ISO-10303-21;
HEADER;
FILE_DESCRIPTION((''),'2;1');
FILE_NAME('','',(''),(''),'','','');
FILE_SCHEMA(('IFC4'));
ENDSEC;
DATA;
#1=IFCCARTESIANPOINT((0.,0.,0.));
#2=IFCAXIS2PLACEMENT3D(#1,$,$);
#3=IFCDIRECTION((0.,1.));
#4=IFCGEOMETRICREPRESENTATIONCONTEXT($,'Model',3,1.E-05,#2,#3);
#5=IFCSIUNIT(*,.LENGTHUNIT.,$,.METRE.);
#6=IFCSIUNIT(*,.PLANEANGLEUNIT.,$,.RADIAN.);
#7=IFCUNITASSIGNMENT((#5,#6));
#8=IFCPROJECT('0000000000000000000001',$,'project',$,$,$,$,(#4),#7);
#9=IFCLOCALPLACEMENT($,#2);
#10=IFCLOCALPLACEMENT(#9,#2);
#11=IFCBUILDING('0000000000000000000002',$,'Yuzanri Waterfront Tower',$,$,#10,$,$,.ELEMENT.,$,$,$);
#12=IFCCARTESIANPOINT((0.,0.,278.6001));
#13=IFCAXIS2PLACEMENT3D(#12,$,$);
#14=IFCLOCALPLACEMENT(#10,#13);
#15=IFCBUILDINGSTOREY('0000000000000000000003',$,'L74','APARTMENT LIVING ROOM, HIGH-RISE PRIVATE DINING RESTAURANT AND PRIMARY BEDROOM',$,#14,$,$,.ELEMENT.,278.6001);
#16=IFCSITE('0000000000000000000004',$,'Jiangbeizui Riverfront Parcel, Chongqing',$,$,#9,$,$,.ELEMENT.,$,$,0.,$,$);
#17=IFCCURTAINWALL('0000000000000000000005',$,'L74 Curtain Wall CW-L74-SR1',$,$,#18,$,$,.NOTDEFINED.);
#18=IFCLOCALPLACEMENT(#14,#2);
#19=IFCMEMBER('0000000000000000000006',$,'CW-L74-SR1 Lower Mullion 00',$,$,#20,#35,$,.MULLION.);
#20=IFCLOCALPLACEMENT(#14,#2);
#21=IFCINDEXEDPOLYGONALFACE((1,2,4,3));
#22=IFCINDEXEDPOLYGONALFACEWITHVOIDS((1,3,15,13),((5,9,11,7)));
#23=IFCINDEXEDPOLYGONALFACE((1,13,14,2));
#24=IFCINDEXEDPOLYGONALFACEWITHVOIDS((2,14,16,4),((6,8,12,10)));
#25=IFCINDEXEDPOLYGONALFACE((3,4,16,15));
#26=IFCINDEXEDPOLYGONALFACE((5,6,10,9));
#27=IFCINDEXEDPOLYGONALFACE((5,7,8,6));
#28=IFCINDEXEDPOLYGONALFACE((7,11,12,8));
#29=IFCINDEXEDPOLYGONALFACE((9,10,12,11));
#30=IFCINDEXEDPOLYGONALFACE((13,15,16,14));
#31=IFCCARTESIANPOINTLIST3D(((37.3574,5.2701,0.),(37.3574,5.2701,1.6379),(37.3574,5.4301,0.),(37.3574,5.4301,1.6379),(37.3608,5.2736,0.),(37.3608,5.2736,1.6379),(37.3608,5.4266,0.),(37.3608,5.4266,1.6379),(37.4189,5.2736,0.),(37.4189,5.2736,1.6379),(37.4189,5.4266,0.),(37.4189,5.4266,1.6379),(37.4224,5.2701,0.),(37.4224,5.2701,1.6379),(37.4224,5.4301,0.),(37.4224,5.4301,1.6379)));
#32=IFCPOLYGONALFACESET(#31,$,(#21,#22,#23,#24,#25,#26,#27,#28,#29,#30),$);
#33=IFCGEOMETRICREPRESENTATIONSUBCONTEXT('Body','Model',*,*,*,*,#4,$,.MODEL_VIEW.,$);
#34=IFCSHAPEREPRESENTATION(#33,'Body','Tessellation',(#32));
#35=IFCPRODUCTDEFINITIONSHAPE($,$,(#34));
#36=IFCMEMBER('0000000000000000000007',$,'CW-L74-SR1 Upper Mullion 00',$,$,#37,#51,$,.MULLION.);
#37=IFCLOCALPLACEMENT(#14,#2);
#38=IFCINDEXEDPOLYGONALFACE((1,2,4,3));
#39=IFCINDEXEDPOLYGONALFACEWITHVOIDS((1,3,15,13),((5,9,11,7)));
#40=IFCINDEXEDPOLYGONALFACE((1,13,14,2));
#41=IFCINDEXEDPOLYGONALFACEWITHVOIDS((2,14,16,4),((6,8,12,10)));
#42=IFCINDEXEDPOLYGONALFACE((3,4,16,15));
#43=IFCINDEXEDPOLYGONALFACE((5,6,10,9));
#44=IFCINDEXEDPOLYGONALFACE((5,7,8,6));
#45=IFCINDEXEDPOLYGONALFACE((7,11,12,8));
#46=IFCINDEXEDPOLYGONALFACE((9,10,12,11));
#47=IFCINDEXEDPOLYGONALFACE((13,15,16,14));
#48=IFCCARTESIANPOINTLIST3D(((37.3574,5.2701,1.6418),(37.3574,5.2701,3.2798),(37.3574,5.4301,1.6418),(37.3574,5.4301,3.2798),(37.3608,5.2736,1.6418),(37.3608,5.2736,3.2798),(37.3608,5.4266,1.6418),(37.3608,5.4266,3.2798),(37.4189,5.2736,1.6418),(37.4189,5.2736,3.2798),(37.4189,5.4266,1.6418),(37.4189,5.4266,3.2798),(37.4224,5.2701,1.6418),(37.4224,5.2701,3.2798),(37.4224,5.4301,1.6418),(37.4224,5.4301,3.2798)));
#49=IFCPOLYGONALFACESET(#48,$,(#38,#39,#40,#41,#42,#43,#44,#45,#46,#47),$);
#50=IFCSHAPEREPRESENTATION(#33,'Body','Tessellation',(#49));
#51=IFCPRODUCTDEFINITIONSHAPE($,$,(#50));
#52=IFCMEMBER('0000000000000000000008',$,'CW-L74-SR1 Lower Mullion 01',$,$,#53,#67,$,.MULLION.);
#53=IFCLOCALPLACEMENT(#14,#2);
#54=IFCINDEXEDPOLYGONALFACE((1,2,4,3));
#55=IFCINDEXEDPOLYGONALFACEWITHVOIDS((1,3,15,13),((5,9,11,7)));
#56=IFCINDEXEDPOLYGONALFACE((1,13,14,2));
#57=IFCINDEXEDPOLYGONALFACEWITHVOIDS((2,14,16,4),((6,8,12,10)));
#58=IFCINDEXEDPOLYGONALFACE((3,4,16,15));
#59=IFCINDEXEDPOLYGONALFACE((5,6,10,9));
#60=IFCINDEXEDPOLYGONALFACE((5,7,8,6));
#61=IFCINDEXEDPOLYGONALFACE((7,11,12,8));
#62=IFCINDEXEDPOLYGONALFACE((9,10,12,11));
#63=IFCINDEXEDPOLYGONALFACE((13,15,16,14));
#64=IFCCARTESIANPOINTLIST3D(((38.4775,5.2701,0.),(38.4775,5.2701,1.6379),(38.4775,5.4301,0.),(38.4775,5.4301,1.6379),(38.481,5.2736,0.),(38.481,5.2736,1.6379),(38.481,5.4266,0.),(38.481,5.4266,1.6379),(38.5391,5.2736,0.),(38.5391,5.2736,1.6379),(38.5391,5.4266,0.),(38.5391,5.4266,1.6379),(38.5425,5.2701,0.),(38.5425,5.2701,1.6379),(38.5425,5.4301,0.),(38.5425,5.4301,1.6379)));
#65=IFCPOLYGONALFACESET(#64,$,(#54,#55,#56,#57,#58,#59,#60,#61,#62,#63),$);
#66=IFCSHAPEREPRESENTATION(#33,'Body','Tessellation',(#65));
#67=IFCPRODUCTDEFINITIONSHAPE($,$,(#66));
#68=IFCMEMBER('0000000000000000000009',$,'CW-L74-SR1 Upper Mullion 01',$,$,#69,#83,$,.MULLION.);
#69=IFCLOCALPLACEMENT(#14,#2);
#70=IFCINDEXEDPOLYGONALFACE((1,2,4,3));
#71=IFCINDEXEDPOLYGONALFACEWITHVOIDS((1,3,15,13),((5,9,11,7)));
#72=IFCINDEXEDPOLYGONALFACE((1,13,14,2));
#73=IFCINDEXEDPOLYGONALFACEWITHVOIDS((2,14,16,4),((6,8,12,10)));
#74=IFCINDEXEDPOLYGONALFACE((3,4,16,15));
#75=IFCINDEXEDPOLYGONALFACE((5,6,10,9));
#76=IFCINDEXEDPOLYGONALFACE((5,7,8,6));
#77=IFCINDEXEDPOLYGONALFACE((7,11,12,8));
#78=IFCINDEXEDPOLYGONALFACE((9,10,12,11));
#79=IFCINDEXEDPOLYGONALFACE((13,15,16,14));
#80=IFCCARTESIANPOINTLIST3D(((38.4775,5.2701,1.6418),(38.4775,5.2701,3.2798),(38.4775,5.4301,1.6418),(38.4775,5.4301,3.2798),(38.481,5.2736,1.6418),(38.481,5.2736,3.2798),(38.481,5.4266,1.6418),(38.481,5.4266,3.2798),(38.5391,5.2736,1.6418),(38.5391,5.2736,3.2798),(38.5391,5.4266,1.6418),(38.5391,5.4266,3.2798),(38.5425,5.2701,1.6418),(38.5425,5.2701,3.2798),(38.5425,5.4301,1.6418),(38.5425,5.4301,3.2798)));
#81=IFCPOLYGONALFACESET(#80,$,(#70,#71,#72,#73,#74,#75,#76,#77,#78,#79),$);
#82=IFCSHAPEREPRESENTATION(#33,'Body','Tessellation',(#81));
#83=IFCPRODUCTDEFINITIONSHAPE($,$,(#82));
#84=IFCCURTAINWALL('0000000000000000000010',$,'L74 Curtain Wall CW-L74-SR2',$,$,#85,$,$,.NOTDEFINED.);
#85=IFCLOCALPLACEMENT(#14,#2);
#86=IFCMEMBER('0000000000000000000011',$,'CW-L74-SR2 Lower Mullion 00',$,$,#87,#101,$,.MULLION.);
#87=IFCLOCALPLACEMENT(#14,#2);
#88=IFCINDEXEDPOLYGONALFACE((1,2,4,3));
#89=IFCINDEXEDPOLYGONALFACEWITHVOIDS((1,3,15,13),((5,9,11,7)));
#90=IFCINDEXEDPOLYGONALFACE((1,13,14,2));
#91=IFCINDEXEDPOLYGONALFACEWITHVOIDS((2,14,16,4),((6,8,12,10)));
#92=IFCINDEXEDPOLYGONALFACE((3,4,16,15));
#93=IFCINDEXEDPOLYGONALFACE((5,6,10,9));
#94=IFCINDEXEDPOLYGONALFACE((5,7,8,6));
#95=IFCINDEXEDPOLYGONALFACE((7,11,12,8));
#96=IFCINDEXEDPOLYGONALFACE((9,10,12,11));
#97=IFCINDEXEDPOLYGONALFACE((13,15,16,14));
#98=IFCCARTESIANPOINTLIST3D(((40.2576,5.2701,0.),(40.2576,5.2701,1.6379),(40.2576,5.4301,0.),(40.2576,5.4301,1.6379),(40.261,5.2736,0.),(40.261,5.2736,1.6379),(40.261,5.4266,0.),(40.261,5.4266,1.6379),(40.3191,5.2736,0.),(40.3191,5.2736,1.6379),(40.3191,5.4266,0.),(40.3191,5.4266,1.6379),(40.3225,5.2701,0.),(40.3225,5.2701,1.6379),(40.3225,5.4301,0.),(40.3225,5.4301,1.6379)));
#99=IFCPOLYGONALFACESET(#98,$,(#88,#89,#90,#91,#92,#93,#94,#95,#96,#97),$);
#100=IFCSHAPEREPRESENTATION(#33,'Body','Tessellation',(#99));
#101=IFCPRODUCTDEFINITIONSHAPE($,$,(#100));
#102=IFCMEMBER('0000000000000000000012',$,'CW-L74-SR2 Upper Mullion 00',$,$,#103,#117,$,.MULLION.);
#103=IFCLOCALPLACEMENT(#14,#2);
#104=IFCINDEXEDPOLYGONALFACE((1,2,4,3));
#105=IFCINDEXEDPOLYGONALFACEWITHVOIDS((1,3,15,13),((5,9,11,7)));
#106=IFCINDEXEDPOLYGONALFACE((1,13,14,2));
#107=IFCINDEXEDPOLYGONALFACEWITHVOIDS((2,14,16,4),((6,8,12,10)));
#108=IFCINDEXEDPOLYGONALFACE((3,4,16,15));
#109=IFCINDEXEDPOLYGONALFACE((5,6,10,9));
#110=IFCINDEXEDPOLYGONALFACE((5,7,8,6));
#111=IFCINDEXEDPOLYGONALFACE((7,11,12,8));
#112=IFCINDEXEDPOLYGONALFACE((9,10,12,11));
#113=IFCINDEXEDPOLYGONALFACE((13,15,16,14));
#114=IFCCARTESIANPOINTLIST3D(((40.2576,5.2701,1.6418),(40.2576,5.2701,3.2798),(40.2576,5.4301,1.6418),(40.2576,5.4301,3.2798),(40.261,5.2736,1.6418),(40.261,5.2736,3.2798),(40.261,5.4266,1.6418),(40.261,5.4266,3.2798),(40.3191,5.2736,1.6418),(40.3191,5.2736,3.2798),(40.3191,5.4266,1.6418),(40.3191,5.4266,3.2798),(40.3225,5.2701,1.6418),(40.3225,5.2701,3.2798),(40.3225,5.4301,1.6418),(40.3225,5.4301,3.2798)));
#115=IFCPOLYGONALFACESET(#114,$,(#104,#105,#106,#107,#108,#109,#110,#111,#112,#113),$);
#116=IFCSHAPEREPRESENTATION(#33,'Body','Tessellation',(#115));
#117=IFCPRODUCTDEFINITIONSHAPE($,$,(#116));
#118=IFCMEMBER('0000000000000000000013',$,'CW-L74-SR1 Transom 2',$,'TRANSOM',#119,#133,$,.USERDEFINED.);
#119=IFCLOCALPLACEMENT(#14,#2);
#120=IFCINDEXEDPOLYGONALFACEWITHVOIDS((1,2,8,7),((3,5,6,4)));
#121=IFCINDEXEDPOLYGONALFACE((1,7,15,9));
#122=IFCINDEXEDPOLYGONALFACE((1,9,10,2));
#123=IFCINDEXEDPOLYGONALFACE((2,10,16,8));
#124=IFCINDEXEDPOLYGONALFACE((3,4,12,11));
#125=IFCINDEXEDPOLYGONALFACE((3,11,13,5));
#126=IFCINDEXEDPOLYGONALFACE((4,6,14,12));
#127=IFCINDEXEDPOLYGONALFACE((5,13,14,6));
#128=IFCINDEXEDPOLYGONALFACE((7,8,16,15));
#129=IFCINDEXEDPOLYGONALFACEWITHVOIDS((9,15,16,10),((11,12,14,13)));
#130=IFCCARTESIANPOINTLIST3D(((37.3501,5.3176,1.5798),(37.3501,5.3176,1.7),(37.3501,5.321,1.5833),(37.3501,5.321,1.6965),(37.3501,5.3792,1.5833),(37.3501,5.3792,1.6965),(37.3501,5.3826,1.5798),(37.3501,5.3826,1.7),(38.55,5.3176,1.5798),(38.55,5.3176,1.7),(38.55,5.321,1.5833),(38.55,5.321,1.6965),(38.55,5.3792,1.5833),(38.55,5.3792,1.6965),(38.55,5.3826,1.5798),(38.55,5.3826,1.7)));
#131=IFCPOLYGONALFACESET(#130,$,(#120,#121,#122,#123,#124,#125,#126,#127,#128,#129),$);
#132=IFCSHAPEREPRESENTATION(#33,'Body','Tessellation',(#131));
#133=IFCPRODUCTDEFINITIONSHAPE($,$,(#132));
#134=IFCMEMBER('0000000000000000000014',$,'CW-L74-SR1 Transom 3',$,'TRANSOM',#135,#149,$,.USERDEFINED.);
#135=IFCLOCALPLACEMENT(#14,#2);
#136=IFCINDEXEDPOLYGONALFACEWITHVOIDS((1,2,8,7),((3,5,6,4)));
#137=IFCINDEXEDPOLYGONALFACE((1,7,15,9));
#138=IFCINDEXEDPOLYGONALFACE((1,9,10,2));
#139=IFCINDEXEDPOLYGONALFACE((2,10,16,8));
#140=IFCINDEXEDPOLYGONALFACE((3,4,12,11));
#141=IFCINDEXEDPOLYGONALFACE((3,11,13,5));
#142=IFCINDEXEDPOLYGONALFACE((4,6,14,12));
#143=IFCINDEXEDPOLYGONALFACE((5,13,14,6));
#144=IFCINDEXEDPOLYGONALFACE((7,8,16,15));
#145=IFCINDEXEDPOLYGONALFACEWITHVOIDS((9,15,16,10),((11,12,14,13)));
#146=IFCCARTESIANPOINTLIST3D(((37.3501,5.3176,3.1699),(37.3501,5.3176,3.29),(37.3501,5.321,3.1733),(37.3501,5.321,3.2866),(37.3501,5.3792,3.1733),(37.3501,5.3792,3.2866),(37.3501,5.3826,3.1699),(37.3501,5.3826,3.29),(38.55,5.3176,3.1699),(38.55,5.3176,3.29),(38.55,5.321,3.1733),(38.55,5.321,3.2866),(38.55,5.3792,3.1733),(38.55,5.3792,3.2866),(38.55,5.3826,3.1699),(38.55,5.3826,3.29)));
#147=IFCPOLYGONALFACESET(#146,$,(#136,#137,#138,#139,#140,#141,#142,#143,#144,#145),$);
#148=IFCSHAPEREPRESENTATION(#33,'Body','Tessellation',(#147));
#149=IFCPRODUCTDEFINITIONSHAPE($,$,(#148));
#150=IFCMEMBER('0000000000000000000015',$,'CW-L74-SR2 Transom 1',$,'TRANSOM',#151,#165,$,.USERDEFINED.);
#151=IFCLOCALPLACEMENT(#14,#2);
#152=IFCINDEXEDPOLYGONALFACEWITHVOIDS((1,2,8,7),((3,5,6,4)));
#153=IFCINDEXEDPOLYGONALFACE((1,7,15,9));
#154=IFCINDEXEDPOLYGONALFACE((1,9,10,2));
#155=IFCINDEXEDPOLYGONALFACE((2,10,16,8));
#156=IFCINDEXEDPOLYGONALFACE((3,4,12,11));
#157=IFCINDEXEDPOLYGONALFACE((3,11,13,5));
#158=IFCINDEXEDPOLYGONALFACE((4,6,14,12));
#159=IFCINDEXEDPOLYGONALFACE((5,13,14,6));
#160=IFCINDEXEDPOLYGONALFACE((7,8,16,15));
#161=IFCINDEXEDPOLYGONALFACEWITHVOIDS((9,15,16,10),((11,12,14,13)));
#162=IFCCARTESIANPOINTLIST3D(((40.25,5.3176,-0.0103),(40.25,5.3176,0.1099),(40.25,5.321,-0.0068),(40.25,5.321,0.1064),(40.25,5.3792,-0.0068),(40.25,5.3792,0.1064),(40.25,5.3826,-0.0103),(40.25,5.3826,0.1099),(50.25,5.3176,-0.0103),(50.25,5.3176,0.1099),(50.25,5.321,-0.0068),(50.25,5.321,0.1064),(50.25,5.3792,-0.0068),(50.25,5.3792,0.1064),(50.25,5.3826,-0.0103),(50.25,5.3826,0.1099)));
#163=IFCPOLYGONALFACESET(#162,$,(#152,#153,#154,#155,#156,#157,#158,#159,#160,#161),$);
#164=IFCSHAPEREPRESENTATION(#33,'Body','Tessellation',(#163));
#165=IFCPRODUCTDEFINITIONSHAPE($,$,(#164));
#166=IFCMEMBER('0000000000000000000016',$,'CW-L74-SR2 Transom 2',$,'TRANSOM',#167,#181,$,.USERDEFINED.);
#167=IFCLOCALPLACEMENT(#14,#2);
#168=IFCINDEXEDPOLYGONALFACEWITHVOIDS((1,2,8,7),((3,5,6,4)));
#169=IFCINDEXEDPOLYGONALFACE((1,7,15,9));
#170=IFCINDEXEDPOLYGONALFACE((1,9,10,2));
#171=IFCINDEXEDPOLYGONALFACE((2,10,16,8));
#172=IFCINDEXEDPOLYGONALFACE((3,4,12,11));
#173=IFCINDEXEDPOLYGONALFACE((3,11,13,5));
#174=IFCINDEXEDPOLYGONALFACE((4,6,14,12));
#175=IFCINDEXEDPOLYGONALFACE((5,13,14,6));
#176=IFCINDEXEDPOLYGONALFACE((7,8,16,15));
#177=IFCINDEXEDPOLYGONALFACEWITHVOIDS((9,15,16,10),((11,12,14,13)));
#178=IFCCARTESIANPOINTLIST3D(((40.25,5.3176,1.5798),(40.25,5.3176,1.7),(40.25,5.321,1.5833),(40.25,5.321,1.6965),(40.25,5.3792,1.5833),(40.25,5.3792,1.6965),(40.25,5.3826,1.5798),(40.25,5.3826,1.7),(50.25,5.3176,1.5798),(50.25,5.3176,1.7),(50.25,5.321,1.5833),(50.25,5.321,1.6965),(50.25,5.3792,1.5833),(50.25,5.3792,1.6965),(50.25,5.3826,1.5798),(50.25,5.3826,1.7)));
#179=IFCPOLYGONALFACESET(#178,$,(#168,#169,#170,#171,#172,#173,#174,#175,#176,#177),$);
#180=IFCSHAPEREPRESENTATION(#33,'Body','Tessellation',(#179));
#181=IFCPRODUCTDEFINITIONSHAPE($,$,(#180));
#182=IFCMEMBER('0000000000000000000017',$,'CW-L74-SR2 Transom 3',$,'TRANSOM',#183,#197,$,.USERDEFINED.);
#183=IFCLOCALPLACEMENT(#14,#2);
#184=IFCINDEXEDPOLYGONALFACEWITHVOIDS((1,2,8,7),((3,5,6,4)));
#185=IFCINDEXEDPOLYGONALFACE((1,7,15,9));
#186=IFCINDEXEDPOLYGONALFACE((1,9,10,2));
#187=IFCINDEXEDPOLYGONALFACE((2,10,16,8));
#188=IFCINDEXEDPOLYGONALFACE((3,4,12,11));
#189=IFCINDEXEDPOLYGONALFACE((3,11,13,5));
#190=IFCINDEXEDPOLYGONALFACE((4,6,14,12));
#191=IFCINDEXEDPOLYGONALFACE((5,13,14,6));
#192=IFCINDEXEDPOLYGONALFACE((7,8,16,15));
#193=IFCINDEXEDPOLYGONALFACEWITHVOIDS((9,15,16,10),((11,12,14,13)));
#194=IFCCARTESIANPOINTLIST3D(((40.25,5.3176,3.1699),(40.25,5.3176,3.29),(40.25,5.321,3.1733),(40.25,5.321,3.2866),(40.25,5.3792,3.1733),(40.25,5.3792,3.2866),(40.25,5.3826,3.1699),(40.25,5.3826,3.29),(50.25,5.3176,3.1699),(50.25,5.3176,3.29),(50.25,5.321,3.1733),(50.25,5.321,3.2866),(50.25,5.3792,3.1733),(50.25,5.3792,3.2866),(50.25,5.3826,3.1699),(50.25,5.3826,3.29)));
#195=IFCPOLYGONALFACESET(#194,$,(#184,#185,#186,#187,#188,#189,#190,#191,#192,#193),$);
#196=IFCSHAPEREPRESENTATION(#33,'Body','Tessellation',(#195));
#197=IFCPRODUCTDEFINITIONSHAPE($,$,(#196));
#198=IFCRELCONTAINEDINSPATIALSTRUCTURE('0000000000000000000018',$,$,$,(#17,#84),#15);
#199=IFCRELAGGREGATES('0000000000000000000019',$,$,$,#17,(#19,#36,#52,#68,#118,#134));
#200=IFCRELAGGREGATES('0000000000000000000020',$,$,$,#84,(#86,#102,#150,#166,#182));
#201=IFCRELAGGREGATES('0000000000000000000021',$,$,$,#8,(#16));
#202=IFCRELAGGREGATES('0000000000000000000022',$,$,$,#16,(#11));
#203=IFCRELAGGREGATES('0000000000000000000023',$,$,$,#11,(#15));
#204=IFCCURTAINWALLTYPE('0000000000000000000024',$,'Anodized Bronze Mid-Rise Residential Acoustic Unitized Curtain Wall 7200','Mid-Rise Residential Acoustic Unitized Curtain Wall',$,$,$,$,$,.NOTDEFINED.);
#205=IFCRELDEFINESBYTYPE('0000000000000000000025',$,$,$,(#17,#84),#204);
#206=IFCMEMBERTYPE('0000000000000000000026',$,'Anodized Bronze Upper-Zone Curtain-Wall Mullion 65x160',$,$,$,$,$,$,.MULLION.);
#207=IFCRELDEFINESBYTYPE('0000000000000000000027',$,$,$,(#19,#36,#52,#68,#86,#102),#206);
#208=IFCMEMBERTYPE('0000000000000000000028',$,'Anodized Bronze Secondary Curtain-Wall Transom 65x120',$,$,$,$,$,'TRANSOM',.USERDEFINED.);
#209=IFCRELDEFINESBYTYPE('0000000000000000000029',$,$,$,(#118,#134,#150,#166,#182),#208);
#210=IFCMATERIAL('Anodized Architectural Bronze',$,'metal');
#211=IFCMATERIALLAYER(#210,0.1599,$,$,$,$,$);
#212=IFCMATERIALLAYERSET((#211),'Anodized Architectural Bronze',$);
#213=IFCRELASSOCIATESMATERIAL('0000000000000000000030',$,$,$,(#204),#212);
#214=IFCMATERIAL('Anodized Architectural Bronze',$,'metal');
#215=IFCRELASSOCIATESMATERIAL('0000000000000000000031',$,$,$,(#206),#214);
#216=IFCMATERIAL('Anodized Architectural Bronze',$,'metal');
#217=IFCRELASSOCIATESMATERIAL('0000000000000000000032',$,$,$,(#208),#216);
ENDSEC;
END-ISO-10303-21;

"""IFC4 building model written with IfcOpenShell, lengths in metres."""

from ifc_helpers import new_model, si_unit, direction, frame, origin, origin_2d, place, context, subcontext, project, spatial, hollow_rectangle, extrude, source, transform, mapped, material, layer, layer_set, material_profile, profile_set, type_object, element, aggregate, save


model = new_model("IFC4")

# Units and contexts
model_context = context("Model", 3, precision=1e-05, world=origin(), true_north=direction((0.0, 1.0)))
body_context = subcontext(model_context, "Body", "Model", "MODEL_VIEW")
ifc_project = project(units=[si_unit("LENGTHUNIT", "METRE"), si_unit("PLANEANGLEUNIT", "RADIAN")], contexts=[model_context])

# Site, building, storey
site_placement = place(None, origin())
site = spatial("IfcSite", under=ifc_project, at=site_placement, Name="Jiangbeizui Riverfront Parcel, Chongqing", CompositionType="ELEMENT", RefElevation=0.0)
building_placement = place(site_placement, origin())
building = spatial("IfcBuilding", under=site, at=building_placement, Name="Yuzanri Waterfront Tower", CompositionType="ELEMENT")
storey_placement = place(building_placement, frame((0.0, 0.0, 278.6001)))
storey = spatial("IfcBuildingStorey", under=building, at=storey_placement, Name="L74", Description="APARTMENT LIVING ROOM, HIGH-RISE PRIVATE DINING RESTAURANT AND PRIMARY BEDROOM", CompositionType="ELEMENT", Elevation=278.6001)

# Curtain walls, members
ifc_material_1 = material(Name="Anodized Architectural Bronze", Category="metal")
ifc_layer_1 = layer(ifc_material_1, 0.1599)
ifc_layer_set_1 = layer_set([ifc_layer_1], Name="Anodized Architectural Bronze")
curtain_wall_type = type_object("IfcCurtainWallType", Name="Anodized Bronze Mid-Rise Residential Acoustic Unitized Curtain Wall 7200", Description="Mid-Rise Residential Acoustic Unitized Curtain Wall", PredefinedType="NOTDEFINED", material=ifc_layer_set_1)
curtain_wall_1_placement = place(storey_placement, origin())
curtain_wall_1 = element("IfcCurtainWall", 1, at=curtain_wall_1_placement, inside=storey, type_object=curtain_wall_type, Name="L74 Curtain Wall CW-L74-SR1", PredefinedType="NOTDEFINED")
ifc_material_2 = material(Name="Anodized Architectural Bronze", Category="metal")
ifc_material_profile_1 = material_profile(ifc_material_2, hollow_rectangle(XDim=0.0649, YDim=0.1599, WallThickness=0.0034, at=origin_2d()), Name="CWM 65x160")
ifc_profile_set_1 = profile_set([ifc_material_profile_1], Name="Anodized Architectural Bronze")
member_type_1 = type_object("IfcMemberType", Name="Anodized Bronze Upper-Zone Curtain-Wall Mullion 65x160", PredefinedType="MULLION", material=ifc_profile_set_1)
shared_shape_1 = source(origin(), body_context, "Body", "SweptSolid", [
    extrude(hollow_rectangle(XDim=0.0649, YDim=0.1599, WallThickness=0.0034, at=origin_2d()), origin(), (0.0, 0.0, 1.0), 1.6379),
])
member_1_placement = place(storey_placement, frame((37.3899, 5.3501, 0.0), z_axis=(0.0, 0.0, 1.0), x_axis=(1.0, 0.0, 0.0)))
member_1 = element("IfcMember", 2, at=member_1_placement, type_object=member_type_1, Name="CW-L74-SR1 Lower Mullion 00", PredefinedType="MULLION", context=body_context, shape_type="MappedRepresentation", body=[
    mapped(shared_shape_1, transform((0.0, 0.0, 0.0), scale=1.0)),
])
member_2_placement = place(storey_placement, frame((37.3899, 5.3501, 1.6418), z_axis=(0.0, 0.0, 1.0), x_axis=(1.0, 0.0, 0.0)))
member_2 = element("IfcMember", 3, at=member_2_placement, type_object=member_type_1, Name="CW-L74-SR1 Upper Mullion 00", PredefinedType="MULLION", context=body_context, shape_type="MappedRepresentation", body=[
    mapped(shared_shape_1, transform((0.0, 0.0, 0.0), scale=1.0)),
])
member_3_placement = place(storey_placement, frame((38.51, 5.3501, 0.0), z_axis=(0.0, 0.0, 1.0), x_axis=(1.0, 0.0, 0.0)))
member_3 = element("IfcMember", 4, at=member_3_placement, type_object=member_type_1, Name="CW-L74-SR1 Lower Mullion 01", PredefinedType="MULLION", context=body_context, shape_type="MappedRepresentation", body=[
    mapped(shared_shape_1, transform((0.0, 0.0, 0.0), scale=1.0)),
])
member_4_placement = place(storey_placement, frame((38.51, 5.3501, 1.6418), z_axis=(0.0, 0.0, 1.0), x_axis=(1.0, 0.0, 0.0)))
member_4 = element("IfcMember", 5, at=member_4_placement, type_object=member_type_1, Name="CW-L74-SR1 Upper Mullion 01", PredefinedType="MULLION", context=body_context, shape_type="MappedRepresentation", body=[
    mapped(shared_shape_1, transform((0.0, 0.0, 0.0), scale=1.0)),
])
curtain_wall_2_placement = place(storey_placement, origin())
curtain_wall_2 = element("IfcCurtainWall", 6, at=curtain_wall_2_placement, inside=storey, type_object=curtain_wall_type, Name="L74 Curtain Wall CW-L74-SR2", PredefinedType="NOTDEFINED")
member_5_placement = place(storey_placement, frame((40.29, 5.3501, 0.0), z_axis=(0.0, 0.0, 1.0), x_axis=(1.0, 0.0, 0.0)))
member_5 = element("IfcMember", 7, at=member_5_placement, type_object=member_type_1, Name="CW-L74-SR2 Lower Mullion 00", PredefinedType="MULLION", context=body_context, shape_type="MappedRepresentation", body=[
    mapped(shared_shape_1, transform((0.0, 0.0, 0.0), scale=1.0)),
])
member_6_placement = place(storey_placement, frame((40.29, 5.3501, 1.6418), z_axis=(0.0, 0.0, 1.0), x_axis=(1.0, 0.0, 0.0)))
member_6 = element("IfcMember", 8, at=member_6_placement, type_object=member_type_1, Name="CW-L74-SR2 Upper Mullion 00", PredefinedType="MULLION", context=body_context, shape_type="MappedRepresentation", body=[
    mapped(shared_shape_1, transform((0.0, 0.0, 0.0), scale=1.0)),
])

# Members
ifc_material_3 = material(Name="Anodized Architectural Bronze", Category="metal")
ifc_material_profile_2 = material_profile(ifc_material_3, hollow_rectangle(XDim=0.0649, YDim=0.1201, WallThickness=0.0034, at=origin_2d()), Name="CWT 65x120")
ifc_profile_set_2 = profile_set([ifc_material_profile_2], Name="Anodized Architectural Bronze")
member_type_2 = type_object("IfcMemberType", Name="Anodized Bronze Secondary Curtain-Wall Transom 65x120", ElementType="TRANSOM", PredefinedType="USERDEFINED", material=ifc_profile_set_2)
shared_shape_2 = source(origin(), body_context, "Body", "SweptSolid", [
    extrude(hollow_rectangle(XDim=0.0649, YDim=0.1201, WallThickness=0.0034, at=origin_2d()), origin(), (0.0, 0.0, 1.0), 1.2),
])
member_7_placement = place(storey_placement, frame((37.3501, 5.3501, 1.6399), z_axis=(1.0, 0.0, 0.0), x_axis=(0.0, 1.0, 0.0)))
member_7 = element("IfcMember", 9, at=member_7_placement, type_object=member_type_2, Name="CW-L74-SR1 Transom 2", ObjectType="TRANSOM", PredefinedType="USERDEFINED", context=body_context, shape_type="MappedRepresentation", body=[
    mapped(shared_shape_2, transform((0.0, 0.0, 0.0), scale=1.0)),
])
member_8_placement = place(storey_placement, frame((37.3501, 5.3501, 3.23), z_axis=(1.0, 0.0, 0.0), x_axis=(0.0, 1.0, 0.0)))
member_8 = element("IfcMember", 10, at=member_8_placement, type_object=member_type_2, Name="CW-L74-SR1 Transom 3", ObjectType="TRANSOM", PredefinedType="USERDEFINED", context=body_context, shape_type="MappedRepresentation", body=[
    mapped(shared_shape_2, transform((0.0, 0.0, 0.0), scale=1.0)),
])
shared_shape_3 = source(origin(), body_context, "Body", "SweptSolid", [
    extrude(hollow_rectangle(XDim=0.0649, YDim=0.1201, WallThickness=0.0034, at=origin_2d()), origin(), (0.0, 0.0, 1.0), 10.0),
])
member_9_placement = place(storey_placement, frame((40.25, 5.3501, 0.0498), z_axis=(1.0, 0.0, 0.0), x_axis=(0.0, 1.0, 0.0)))
member_9 = element("IfcMember", 11, at=member_9_placement, type_object=member_type_2, Name="CW-L74-SR2 Transom 1", ObjectType="TRANSOM", PredefinedType="USERDEFINED", context=body_context, shape_type="MappedRepresentation", body=[
    mapped(shared_shape_3, transform((0.0, 0.0, 0.0), scale=1.0)),
])
member_10_placement = place(storey_placement, frame((40.25, 5.3501, 1.6399), z_axis=(1.0, 0.0, 0.0), x_axis=(0.0, 1.0, 0.0)))
member_10 = element("IfcMember", 12, at=member_10_placement, type_object=member_type_2, Name="CW-L74-SR2 Transom 2", ObjectType="TRANSOM", PredefinedType="USERDEFINED", context=body_context, shape_type="MappedRepresentation", body=[
    mapped(shared_shape_3, transform((0.0, 0.0, 0.0), scale=1.0)),
])
member_11_placement = place(storey_placement, frame((40.25, 5.3501, 3.23), z_axis=(1.0, 0.0, 0.0), x_axis=(0.0, 1.0, 0.0)))
member_11 = element("IfcMember", 13, at=member_11_placement, type_object=member_type_2, Name="CW-L74-SR2 Transom 3", ObjectType="TRANSOM", PredefinedType="USERDEFINED", context=body_context, shape_type="MappedRepresentation", body=[
    mapped(shared_shape_3, transform((0.0, 0.0, 0.0), scale=1.0)),
])

aggregate(curtain_wall_1, [member_1, member_2, member_3, member_4, member_7, member_8])
aggregate(curtain_wall_2, [member_5, member_6, member_9, member_10, member_11])

save(model, "model.ifc")
